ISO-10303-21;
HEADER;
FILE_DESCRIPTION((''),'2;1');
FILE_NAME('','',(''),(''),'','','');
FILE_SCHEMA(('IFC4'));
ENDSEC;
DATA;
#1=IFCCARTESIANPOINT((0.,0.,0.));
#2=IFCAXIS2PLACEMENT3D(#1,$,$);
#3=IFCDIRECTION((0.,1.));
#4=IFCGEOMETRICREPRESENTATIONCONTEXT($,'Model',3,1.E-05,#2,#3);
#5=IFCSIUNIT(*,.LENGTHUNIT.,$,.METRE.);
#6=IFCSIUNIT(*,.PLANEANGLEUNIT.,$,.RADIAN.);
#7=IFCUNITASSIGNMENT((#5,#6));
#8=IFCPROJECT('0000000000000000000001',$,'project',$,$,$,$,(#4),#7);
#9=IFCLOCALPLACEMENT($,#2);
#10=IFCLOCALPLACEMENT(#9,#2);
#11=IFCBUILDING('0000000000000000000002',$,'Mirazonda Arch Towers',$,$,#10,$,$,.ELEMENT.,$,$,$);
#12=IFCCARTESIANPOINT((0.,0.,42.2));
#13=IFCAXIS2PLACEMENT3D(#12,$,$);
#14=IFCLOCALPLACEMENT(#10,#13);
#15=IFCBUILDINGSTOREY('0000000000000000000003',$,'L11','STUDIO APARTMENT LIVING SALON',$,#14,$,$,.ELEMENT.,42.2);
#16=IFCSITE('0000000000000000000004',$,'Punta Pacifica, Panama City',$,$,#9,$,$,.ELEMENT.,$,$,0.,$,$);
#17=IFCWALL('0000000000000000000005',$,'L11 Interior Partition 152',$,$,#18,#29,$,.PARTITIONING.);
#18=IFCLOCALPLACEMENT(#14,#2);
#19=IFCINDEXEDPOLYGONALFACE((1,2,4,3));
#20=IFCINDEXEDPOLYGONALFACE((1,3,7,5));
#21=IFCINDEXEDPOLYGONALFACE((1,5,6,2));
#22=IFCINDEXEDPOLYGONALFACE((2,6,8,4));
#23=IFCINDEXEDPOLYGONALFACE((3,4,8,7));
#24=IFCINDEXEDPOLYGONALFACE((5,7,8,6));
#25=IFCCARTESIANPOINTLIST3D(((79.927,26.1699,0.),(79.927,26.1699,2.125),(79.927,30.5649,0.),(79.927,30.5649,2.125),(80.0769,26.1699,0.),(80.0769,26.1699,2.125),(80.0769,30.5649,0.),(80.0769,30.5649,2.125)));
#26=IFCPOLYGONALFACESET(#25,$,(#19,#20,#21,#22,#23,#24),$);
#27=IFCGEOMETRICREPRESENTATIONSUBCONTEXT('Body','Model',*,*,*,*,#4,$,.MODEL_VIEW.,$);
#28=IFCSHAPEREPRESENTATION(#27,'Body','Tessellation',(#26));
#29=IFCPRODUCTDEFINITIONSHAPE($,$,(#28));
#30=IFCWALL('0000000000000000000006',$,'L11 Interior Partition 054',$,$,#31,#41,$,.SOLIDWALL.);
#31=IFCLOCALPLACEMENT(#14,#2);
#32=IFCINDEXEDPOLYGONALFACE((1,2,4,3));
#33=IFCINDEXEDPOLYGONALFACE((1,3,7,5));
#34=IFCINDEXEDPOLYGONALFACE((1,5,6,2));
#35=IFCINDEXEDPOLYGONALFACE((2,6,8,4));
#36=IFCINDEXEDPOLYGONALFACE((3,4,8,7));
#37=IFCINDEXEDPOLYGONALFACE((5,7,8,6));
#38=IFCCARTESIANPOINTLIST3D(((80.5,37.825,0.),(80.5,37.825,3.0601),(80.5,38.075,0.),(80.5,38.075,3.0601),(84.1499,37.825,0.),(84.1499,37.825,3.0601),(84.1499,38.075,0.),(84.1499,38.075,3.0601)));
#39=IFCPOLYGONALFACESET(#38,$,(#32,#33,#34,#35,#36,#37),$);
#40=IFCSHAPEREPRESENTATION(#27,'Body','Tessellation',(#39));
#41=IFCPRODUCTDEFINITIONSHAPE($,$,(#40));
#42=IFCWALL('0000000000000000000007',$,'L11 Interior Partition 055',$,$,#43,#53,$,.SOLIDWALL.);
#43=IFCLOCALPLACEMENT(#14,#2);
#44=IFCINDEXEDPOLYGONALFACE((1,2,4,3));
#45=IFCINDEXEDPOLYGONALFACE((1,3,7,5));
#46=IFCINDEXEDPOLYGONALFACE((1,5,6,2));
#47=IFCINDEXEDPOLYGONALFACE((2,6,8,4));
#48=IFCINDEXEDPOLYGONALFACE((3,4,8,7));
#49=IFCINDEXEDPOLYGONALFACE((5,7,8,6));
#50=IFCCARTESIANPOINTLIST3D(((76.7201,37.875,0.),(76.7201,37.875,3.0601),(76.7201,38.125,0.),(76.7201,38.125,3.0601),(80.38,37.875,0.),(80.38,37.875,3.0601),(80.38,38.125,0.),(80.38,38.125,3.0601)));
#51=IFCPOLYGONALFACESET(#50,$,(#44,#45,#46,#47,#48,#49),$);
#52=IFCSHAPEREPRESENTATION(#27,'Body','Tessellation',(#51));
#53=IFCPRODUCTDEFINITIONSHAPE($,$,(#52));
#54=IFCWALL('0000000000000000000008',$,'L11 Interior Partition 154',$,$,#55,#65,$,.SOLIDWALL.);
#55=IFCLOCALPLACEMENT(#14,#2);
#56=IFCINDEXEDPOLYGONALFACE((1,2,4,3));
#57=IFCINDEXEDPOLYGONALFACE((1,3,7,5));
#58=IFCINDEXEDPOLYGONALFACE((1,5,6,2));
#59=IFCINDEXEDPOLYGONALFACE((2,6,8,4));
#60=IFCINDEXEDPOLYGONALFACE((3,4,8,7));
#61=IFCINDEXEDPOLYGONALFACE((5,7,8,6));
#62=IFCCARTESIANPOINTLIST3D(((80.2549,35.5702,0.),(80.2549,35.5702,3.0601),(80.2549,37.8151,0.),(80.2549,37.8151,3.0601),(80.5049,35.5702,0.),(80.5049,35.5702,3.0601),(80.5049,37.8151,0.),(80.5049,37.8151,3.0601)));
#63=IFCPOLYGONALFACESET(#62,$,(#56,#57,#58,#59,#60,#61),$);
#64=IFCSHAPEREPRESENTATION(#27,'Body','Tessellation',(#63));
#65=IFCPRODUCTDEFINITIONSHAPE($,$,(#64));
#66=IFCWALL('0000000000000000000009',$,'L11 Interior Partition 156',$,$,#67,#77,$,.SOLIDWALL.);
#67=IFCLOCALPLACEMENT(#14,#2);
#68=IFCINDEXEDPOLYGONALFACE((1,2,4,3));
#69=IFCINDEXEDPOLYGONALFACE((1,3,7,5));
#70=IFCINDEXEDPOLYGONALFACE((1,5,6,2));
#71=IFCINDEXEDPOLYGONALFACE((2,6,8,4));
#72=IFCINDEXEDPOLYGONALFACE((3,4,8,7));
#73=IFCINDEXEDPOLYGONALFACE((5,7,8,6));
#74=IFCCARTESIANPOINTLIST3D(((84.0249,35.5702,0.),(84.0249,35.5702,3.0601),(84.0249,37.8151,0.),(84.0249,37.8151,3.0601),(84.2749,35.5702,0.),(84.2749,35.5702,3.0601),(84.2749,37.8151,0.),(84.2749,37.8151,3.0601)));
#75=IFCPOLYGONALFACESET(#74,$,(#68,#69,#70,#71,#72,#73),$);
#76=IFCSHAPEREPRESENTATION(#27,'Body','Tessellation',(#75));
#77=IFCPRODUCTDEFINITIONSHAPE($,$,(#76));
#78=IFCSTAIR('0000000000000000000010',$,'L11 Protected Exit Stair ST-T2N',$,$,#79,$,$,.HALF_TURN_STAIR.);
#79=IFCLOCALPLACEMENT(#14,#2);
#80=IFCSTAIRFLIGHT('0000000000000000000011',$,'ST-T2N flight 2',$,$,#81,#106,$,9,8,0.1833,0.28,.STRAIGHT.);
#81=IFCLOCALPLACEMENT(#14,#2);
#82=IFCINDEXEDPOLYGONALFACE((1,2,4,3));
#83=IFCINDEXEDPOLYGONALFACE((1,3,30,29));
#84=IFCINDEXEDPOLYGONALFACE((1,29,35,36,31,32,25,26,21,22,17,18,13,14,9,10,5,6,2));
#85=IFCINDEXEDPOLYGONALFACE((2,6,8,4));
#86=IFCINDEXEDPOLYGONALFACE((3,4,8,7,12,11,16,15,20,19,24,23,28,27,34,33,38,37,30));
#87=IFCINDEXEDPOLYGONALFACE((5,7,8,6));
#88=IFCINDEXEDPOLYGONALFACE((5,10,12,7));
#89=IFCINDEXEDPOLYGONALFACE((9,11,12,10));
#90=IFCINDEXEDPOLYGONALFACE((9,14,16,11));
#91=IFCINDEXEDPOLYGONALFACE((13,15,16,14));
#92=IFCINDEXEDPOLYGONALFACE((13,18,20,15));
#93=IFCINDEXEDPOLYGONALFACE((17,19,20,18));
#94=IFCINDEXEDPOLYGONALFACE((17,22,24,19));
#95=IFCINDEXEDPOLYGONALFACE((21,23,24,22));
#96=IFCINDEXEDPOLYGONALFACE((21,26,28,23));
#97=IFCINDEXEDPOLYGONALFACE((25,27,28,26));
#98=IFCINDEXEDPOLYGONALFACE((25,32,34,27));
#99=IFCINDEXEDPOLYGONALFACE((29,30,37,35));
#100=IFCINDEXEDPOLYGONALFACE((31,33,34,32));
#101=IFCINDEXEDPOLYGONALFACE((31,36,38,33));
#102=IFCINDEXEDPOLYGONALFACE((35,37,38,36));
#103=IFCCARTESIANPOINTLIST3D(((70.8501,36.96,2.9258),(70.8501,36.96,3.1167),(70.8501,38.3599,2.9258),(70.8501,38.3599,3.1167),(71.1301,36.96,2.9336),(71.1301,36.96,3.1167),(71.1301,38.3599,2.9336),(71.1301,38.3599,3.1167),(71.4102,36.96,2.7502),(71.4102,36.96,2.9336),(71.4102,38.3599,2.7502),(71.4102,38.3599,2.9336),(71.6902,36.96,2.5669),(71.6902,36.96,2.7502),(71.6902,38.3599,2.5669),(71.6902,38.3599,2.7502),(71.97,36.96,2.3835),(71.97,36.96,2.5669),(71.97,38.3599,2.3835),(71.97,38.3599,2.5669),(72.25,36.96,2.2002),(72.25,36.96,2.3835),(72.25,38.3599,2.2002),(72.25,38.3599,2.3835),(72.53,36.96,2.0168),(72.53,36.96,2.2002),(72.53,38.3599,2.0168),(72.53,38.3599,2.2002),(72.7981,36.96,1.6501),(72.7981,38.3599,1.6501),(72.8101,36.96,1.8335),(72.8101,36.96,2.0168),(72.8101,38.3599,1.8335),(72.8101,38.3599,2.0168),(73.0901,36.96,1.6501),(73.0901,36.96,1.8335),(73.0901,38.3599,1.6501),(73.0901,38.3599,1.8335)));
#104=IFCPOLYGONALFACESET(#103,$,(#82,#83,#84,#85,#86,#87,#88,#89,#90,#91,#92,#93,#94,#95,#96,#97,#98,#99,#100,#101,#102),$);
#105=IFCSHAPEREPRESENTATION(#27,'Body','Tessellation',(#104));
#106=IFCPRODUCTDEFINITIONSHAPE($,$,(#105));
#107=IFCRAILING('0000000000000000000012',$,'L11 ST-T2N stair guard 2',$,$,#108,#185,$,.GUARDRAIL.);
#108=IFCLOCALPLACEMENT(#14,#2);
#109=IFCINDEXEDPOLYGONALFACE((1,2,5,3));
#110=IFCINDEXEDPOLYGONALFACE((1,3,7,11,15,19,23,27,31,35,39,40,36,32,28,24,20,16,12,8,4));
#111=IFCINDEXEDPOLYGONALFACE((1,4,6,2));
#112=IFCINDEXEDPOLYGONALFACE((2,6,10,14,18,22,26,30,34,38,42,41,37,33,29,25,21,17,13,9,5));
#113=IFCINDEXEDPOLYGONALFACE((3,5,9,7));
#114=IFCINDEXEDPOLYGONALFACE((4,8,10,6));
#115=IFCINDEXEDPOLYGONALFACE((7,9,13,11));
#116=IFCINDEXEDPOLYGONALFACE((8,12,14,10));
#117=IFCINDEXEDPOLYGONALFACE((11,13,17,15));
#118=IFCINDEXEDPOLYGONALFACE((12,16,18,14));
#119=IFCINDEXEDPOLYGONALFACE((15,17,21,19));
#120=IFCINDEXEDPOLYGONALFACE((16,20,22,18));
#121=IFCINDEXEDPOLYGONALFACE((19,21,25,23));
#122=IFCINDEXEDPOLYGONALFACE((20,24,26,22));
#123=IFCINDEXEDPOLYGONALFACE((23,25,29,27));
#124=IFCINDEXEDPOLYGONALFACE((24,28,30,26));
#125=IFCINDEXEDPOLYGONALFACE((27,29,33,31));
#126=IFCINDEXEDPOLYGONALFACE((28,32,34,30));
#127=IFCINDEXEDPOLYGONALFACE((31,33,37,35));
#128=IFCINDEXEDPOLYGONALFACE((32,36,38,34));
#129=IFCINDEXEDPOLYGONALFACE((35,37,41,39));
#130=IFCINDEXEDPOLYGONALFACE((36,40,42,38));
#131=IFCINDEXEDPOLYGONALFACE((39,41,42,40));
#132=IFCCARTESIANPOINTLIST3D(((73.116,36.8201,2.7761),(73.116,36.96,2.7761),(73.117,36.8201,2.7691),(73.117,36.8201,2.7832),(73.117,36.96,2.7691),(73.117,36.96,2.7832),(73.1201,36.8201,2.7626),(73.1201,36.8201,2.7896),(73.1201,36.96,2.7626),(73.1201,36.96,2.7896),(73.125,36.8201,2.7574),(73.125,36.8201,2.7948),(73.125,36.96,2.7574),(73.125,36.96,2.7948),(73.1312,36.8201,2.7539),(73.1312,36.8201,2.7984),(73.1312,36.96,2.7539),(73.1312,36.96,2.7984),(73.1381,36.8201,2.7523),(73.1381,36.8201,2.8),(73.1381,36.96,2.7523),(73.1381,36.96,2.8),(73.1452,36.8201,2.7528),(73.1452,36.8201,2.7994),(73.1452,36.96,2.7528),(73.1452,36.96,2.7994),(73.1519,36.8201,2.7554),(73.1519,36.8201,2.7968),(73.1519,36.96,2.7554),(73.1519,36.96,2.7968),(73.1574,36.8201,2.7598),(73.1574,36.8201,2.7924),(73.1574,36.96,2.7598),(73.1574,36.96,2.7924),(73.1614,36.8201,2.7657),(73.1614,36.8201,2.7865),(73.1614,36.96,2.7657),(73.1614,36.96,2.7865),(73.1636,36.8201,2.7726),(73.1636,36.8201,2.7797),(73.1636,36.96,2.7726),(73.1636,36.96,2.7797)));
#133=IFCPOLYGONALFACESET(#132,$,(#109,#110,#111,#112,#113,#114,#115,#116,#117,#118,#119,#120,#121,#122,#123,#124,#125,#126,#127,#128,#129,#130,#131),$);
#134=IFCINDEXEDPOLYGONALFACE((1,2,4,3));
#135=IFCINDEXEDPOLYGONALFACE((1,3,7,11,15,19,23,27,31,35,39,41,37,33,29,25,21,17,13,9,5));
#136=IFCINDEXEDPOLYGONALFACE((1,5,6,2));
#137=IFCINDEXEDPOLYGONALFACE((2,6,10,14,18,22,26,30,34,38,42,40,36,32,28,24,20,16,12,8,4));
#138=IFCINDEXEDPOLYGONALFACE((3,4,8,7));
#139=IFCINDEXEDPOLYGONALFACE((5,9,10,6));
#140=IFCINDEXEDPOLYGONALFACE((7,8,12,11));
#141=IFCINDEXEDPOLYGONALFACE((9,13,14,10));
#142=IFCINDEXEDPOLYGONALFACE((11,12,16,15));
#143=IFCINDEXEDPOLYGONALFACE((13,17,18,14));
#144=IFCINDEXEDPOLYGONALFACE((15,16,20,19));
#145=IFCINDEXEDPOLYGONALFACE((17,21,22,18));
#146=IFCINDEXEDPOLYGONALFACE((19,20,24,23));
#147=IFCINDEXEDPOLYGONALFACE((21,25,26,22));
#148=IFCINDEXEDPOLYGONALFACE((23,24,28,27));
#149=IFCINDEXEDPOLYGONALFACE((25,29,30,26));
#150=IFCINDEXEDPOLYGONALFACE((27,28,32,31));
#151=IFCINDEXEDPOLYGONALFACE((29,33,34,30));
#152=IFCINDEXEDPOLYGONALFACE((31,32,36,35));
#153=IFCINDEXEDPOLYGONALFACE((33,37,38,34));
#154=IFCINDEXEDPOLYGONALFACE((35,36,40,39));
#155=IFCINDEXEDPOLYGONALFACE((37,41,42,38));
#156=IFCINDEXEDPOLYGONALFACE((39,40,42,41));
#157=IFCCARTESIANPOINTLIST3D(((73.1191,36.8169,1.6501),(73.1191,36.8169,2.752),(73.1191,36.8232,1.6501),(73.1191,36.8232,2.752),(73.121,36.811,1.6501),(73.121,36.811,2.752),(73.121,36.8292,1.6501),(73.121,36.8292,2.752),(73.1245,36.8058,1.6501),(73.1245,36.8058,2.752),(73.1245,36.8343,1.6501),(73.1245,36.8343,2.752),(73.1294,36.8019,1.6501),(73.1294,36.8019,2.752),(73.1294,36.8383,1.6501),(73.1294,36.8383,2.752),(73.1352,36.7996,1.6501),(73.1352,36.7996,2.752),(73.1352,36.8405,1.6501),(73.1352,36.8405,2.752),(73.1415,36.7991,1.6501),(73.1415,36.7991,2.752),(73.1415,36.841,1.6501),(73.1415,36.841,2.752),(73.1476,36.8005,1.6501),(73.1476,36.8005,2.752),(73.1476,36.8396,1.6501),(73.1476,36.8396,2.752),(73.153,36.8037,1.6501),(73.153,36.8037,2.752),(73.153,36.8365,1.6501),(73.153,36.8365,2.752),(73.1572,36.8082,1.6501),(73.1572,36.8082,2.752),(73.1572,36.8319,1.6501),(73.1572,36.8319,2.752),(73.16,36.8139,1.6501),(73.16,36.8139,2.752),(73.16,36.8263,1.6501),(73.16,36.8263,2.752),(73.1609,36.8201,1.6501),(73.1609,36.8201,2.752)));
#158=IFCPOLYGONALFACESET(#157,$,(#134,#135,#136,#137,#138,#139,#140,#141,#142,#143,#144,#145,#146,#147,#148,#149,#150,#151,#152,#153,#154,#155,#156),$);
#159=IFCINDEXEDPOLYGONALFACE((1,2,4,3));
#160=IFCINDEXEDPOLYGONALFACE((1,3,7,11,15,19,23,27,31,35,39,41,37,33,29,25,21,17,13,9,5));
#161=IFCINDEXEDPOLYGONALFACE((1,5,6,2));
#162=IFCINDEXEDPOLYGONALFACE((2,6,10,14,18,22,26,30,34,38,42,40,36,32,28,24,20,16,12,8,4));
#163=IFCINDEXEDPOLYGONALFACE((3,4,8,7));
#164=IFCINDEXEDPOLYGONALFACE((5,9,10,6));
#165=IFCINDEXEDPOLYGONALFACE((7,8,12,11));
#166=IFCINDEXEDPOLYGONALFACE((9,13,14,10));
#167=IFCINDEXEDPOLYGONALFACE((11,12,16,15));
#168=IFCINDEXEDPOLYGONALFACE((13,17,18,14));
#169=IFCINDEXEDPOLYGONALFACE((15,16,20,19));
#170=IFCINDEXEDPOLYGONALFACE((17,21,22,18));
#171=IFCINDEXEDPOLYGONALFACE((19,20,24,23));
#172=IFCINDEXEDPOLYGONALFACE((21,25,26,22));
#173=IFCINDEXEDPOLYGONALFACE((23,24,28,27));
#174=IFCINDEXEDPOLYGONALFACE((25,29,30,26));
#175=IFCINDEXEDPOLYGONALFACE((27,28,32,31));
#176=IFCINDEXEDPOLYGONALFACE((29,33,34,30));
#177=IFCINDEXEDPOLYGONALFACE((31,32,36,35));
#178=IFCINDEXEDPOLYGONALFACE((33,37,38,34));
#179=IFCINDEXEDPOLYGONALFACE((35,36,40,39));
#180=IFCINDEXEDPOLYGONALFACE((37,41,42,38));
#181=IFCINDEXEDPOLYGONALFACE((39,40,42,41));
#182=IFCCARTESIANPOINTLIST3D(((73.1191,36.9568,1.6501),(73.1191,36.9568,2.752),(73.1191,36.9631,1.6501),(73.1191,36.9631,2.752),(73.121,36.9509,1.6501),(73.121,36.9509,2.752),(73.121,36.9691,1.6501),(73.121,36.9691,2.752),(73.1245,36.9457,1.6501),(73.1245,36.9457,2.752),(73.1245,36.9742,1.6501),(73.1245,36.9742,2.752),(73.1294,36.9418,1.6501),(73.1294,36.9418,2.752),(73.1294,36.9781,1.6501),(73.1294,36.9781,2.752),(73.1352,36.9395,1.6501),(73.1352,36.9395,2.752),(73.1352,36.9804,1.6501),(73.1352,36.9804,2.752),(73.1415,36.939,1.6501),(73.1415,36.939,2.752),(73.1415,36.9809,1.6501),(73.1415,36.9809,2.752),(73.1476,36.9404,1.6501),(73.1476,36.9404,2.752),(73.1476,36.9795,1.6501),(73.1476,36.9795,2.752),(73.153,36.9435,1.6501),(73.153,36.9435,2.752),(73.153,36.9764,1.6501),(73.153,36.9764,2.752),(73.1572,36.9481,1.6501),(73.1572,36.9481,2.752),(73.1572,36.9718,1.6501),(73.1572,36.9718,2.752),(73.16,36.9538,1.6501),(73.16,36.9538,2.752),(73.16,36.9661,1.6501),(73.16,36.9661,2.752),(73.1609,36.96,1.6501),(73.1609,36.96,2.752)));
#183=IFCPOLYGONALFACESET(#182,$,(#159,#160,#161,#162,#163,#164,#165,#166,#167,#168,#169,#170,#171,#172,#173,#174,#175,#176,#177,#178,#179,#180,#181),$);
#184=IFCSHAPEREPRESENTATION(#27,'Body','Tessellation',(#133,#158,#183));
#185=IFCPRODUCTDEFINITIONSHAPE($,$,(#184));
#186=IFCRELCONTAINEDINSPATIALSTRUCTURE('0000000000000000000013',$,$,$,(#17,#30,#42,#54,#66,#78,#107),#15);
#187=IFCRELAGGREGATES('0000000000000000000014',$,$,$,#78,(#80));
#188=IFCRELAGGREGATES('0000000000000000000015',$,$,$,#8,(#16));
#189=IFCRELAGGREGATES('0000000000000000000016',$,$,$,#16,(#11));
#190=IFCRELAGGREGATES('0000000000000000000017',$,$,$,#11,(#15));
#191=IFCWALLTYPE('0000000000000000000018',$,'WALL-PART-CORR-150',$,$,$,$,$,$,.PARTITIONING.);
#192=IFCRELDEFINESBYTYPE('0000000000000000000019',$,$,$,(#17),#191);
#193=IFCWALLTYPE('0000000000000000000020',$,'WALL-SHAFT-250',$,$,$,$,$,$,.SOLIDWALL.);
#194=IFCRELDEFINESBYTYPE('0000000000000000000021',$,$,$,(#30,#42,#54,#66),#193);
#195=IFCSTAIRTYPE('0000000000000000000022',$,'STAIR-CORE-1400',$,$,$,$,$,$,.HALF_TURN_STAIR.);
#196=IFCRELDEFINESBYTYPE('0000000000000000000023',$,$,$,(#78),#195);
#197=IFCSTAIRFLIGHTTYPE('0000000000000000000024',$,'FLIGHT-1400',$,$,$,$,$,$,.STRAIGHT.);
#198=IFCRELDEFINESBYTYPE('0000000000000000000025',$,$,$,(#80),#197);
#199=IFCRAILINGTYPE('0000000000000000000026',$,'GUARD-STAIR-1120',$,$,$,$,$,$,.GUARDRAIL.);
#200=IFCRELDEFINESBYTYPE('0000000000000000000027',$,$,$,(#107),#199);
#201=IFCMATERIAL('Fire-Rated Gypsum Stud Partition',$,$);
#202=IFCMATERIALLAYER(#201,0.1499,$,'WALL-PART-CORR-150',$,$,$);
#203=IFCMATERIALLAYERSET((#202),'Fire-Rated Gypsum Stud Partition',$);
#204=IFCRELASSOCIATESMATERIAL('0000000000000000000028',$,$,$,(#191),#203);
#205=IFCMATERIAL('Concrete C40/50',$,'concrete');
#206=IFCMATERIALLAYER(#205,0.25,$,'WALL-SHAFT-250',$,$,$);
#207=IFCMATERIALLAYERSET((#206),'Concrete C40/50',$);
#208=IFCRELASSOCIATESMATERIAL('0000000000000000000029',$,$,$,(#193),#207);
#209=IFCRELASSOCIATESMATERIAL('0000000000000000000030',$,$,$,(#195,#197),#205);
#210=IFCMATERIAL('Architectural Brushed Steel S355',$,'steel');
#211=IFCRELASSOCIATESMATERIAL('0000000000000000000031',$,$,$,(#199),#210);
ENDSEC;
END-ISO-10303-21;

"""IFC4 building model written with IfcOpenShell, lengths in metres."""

from ifc_helpers import new_model, si_unit, direction, frame, frame_2d, origin, origin_2d, place, context, subcontext, project, spatial, polyline, rectangle, circle, outline, extrude, material, layer, layer_set, type_object, element, aggregate, save


model = new_model("IFC4")

# Units and contexts
model_context = context("Model", 3, precision=1e-05, world=origin(), true_north=direction((0.0, 1.0)))
body_context = subcontext(model_context, "Body", "Model", "MODEL_VIEW")
ifc_project = project(units=[si_unit("LENGTHUNIT", "METRE"), si_unit("PLANEANGLEUNIT", "RADIAN")], contexts=[model_context])

# Site, building, storey
site_placement = place(None, origin())
site = spatial("IfcSite", under=ifc_project, at=site_placement, Name="Punta Pacifica, Panama City", CompositionType="ELEMENT", RefElevation=0.0)
building_placement = place(site_placement, origin())
building = spatial("IfcBuilding", under=site, at=building_placement, Name="Mirazonda Arch Towers", CompositionType="ELEMENT")
storey_placement = place(building_placement, frame((0.0, 0.0, 42.2)))
storey = spatial("IfcBuildingStorey", under=building, at=storey_placement, Name="L11", Description="STUDIO APARTMENT LIVING SALON", CompositionType="ELEMENT", Elevation=42.2)

# Shared definitions
ifc_material_1 = material(Name="Concrete C40/50", Category="concrete")
ifc_material_2 = material(Name="Architectural Brushed Steel S355", Category="steel")

# Walls
ifc_material_3 = material(Name="Fire-Rated Gypsum Stud Partition")
ifc_layer_1 = layer(ifc_material_3, 0.1499, Name="WALL-PART-CORR-150")
ifc_layer_set_1 = layer_set([ifc_layer_1], Name="Fire-Rated Gypsum Stud Partition")
wall_type_1 = type_object("IfcWallType", Name="WALL-PART-CORR-150", PredefinedType="PARTITIONING", material=ifc_layer_set_1)
wall_1_placement = place(storey_placement, frame((80.002, 26.1699, 0.0), z_axis=(0.0, 0.0, 1.0), x_axis=(0.0, 1.0, 0.0)))
element("IfcWall", 1, at=wall_1_placement, inside=storey, type_object=wall_type_1, Name="L11 Interior Partition 152", PredefinedType="PARTITIONING", context=body_context, shape_type="SweptSolid", body=[
    extrude(rectangle(XDim=4.395, YDim=0.1499, at=frame_2d((2.1975, 0.0))), origin(), (0.0, 0.0, 1.0), 2.125),
])
ifc_layer_2 = layer(ifc_material_1, 0.25, Name="WALL-SHAFT-250")
ifc_layer_set_2 = layer_set([ifc_layer_2], Name="Concrete C40/50")
wall_type_2 = type_object("IfcWallType", Name="WALL-SHAFT-250", PredefinedType="SOLIDWALL", material=ifc_layer_set_2)
wall_2_placement = place(storey_placement, frame((80.5, 37.95, 0.0), z_axis=(0.0, 0.0, 1.0), x_axis=(1.0, 0.0, 0.0)))
element("IfcWall", 2, at=wall_2_placement, inside=storey, type_object=wall_type_2, Name="L11 Interior Partition 054", PredefinedType="SOLIDWALL", context=body_context, shape_type="SweptSolid", body=[
    extrude(rectangle(XDim=3.6499, YDim=0.25, at=frame_2d((1.825, 0.0))), origin(), (0.0, 0.0, 1.0), 3.0601),
])
wall_3_placement = place(storey_placement, frame((76.72, 38.0, 0.0), z_axis=(0.0, 0.0, 1.0), x_axis=(1.0, 0.0, 0.0)))
element("IfcWall", 3, at=wall_3_placement, inside=storey, type_object=wall_type_2, Name="L11 Interior Partition 055", PredefinedType="SOLIDWALL", context=body_context, shape_type="SweptSolid", body=[
    extrude(rectangle(XDim=3.6599, YDim=0.25, at=frame_2d((1.8301, 0.0))), origin(), (0.0, 0.0, 1.0), 3.0601),
])
for number, where, z_axis, x_axis, name in (
    (4, (80.3799, 35.5701, 0.0), (0.0, 0.0, 1.0), (0.0, 1.0, 0.0), "L11 Interior Partition 154"),
    (5, (84.1499, 35.5701, 0.0), (0.0, 0.0, 1.0), (0.0, 1.0, 0.0), "L11 Interior Partition 156"),
):
    element("IfcWall", number, at=place(storey_placement, frame(where, z_axis=z_axis, x_axis=x_axis)), inside=storey, type_object=wall_type_2, Name=name, PredefinedType="SOLIDWALL", context=body_context, shape_type="SweptSolid", body=[
        extrude(rectangle(XDim=2.2449, YDim=0.25, at=frame_2d((1.1226, 0.0))), origin(), (0.0, 0.0, 1.0), 3.0601),
    ])

# Stair, stair flight
stair_type = type_object("IfcStairType", Name="STAIR-CORE-1400", PredefinedType="HALF_TURN_STAIR", material=ifc_material_1)
stair_placement = place(storey_placement, origin())
stair = element("IfcStair", 6, at=stair_placement, inside=storey, type_object=stair_type, Name="L11 Protected Exit Stair ST-T2N", PredefinedType="HALF_TURN_STAIR")
stair_flight_type = type_object("IfcStairFlightType", Name="FLIGHT-1400", PredefinedType="STRAIGHT", material=ifc_material_1)
stair_flight_placement = place(storey_placement, frame((73.0901, 37.6599, 1.6501), z_axis=(0.0, 0.0, 1.0), x_axis=(-1.0, 0.0, 0.0)))
stair_flight = element("IfcStairFlight", 7, at=stair_flight_placement, type_object=stair_flight_type, Name="ST-T2N flight 2", NumberOfRisers=9, NumberOfTreads=8, PredefinedType="STRAIGHT", RiserHeight=0.1833, TreadLength=0.28, context=body_context, shape_type="SweptSolid", body=[
    extrude(outline(polyline([(0.0, 0.0), (0.0, 0.1833), (0.28, 0.1833), (0.28, 0.3667), (0.5601, 0.3667), (0.5601, 0.55), (0.8401, 0.55), (0.8401, 0.7334), (1.1201, 0.7334), (1.1201, 0.9167), (1.3999, 0.9167), (1.3999, 1.1001), (1.6799, 1.1001), (1.6799, 1.2834), (1.96, 1.2834), (1.96, 1.4666), (2.24, 1.4666), (2.24, 1.6499), (2.24, 1.2756), (0.292, 0.0), (0.0, 0.0)])), frame((0.0, 0.7, 0.0), z_axis=(0.0, -1.0, 0.0), x_axis=(1.0, 0.0, 0.0)), (0.0, 0.0, 1.0), 1.3999),
])
aggregate(stair, [stair_flight])

# Railing
railing_type_1 = type_object("IfcRailingType", Name="GUARD-STAIR-1120", PredefinedType="GUARDRAIL", material=ifc_material_2)
railing_1_placement = place(storey_placement, frame((73.1399, 36.8201, 1.6501)))
element("IfcRailing", 8, at=railing_1_placement, inside=storey, type_object=railing_type_1, Name="L11 ST-T2N stair guard 2", PredefinedType="GUARDRAIL", context=body_context, shape_type="SweptSolid", body=[
    extrude(circle(Radius=0.0239, at=origin_2d()), frame((0.0, 0.0, 1.126), z_axis=(0.0, 1.0, 0.0), x_axis=(-1.0, 0.0, 0.0)), (0.0, 0.0, 1.0), 0.1399),
    extrude(circle(Radius=0.021, at=origin_2d()), origin(), (0.0, 0.0, 1.0), 1.1018),
    extrude(circle(Radius=0.021, at=origin_2d()), frame((0.0, 0.1399, 0.0)), (0.0, 0.0, 1.0), 1.1018),
])

save(model, "model.ifc")
